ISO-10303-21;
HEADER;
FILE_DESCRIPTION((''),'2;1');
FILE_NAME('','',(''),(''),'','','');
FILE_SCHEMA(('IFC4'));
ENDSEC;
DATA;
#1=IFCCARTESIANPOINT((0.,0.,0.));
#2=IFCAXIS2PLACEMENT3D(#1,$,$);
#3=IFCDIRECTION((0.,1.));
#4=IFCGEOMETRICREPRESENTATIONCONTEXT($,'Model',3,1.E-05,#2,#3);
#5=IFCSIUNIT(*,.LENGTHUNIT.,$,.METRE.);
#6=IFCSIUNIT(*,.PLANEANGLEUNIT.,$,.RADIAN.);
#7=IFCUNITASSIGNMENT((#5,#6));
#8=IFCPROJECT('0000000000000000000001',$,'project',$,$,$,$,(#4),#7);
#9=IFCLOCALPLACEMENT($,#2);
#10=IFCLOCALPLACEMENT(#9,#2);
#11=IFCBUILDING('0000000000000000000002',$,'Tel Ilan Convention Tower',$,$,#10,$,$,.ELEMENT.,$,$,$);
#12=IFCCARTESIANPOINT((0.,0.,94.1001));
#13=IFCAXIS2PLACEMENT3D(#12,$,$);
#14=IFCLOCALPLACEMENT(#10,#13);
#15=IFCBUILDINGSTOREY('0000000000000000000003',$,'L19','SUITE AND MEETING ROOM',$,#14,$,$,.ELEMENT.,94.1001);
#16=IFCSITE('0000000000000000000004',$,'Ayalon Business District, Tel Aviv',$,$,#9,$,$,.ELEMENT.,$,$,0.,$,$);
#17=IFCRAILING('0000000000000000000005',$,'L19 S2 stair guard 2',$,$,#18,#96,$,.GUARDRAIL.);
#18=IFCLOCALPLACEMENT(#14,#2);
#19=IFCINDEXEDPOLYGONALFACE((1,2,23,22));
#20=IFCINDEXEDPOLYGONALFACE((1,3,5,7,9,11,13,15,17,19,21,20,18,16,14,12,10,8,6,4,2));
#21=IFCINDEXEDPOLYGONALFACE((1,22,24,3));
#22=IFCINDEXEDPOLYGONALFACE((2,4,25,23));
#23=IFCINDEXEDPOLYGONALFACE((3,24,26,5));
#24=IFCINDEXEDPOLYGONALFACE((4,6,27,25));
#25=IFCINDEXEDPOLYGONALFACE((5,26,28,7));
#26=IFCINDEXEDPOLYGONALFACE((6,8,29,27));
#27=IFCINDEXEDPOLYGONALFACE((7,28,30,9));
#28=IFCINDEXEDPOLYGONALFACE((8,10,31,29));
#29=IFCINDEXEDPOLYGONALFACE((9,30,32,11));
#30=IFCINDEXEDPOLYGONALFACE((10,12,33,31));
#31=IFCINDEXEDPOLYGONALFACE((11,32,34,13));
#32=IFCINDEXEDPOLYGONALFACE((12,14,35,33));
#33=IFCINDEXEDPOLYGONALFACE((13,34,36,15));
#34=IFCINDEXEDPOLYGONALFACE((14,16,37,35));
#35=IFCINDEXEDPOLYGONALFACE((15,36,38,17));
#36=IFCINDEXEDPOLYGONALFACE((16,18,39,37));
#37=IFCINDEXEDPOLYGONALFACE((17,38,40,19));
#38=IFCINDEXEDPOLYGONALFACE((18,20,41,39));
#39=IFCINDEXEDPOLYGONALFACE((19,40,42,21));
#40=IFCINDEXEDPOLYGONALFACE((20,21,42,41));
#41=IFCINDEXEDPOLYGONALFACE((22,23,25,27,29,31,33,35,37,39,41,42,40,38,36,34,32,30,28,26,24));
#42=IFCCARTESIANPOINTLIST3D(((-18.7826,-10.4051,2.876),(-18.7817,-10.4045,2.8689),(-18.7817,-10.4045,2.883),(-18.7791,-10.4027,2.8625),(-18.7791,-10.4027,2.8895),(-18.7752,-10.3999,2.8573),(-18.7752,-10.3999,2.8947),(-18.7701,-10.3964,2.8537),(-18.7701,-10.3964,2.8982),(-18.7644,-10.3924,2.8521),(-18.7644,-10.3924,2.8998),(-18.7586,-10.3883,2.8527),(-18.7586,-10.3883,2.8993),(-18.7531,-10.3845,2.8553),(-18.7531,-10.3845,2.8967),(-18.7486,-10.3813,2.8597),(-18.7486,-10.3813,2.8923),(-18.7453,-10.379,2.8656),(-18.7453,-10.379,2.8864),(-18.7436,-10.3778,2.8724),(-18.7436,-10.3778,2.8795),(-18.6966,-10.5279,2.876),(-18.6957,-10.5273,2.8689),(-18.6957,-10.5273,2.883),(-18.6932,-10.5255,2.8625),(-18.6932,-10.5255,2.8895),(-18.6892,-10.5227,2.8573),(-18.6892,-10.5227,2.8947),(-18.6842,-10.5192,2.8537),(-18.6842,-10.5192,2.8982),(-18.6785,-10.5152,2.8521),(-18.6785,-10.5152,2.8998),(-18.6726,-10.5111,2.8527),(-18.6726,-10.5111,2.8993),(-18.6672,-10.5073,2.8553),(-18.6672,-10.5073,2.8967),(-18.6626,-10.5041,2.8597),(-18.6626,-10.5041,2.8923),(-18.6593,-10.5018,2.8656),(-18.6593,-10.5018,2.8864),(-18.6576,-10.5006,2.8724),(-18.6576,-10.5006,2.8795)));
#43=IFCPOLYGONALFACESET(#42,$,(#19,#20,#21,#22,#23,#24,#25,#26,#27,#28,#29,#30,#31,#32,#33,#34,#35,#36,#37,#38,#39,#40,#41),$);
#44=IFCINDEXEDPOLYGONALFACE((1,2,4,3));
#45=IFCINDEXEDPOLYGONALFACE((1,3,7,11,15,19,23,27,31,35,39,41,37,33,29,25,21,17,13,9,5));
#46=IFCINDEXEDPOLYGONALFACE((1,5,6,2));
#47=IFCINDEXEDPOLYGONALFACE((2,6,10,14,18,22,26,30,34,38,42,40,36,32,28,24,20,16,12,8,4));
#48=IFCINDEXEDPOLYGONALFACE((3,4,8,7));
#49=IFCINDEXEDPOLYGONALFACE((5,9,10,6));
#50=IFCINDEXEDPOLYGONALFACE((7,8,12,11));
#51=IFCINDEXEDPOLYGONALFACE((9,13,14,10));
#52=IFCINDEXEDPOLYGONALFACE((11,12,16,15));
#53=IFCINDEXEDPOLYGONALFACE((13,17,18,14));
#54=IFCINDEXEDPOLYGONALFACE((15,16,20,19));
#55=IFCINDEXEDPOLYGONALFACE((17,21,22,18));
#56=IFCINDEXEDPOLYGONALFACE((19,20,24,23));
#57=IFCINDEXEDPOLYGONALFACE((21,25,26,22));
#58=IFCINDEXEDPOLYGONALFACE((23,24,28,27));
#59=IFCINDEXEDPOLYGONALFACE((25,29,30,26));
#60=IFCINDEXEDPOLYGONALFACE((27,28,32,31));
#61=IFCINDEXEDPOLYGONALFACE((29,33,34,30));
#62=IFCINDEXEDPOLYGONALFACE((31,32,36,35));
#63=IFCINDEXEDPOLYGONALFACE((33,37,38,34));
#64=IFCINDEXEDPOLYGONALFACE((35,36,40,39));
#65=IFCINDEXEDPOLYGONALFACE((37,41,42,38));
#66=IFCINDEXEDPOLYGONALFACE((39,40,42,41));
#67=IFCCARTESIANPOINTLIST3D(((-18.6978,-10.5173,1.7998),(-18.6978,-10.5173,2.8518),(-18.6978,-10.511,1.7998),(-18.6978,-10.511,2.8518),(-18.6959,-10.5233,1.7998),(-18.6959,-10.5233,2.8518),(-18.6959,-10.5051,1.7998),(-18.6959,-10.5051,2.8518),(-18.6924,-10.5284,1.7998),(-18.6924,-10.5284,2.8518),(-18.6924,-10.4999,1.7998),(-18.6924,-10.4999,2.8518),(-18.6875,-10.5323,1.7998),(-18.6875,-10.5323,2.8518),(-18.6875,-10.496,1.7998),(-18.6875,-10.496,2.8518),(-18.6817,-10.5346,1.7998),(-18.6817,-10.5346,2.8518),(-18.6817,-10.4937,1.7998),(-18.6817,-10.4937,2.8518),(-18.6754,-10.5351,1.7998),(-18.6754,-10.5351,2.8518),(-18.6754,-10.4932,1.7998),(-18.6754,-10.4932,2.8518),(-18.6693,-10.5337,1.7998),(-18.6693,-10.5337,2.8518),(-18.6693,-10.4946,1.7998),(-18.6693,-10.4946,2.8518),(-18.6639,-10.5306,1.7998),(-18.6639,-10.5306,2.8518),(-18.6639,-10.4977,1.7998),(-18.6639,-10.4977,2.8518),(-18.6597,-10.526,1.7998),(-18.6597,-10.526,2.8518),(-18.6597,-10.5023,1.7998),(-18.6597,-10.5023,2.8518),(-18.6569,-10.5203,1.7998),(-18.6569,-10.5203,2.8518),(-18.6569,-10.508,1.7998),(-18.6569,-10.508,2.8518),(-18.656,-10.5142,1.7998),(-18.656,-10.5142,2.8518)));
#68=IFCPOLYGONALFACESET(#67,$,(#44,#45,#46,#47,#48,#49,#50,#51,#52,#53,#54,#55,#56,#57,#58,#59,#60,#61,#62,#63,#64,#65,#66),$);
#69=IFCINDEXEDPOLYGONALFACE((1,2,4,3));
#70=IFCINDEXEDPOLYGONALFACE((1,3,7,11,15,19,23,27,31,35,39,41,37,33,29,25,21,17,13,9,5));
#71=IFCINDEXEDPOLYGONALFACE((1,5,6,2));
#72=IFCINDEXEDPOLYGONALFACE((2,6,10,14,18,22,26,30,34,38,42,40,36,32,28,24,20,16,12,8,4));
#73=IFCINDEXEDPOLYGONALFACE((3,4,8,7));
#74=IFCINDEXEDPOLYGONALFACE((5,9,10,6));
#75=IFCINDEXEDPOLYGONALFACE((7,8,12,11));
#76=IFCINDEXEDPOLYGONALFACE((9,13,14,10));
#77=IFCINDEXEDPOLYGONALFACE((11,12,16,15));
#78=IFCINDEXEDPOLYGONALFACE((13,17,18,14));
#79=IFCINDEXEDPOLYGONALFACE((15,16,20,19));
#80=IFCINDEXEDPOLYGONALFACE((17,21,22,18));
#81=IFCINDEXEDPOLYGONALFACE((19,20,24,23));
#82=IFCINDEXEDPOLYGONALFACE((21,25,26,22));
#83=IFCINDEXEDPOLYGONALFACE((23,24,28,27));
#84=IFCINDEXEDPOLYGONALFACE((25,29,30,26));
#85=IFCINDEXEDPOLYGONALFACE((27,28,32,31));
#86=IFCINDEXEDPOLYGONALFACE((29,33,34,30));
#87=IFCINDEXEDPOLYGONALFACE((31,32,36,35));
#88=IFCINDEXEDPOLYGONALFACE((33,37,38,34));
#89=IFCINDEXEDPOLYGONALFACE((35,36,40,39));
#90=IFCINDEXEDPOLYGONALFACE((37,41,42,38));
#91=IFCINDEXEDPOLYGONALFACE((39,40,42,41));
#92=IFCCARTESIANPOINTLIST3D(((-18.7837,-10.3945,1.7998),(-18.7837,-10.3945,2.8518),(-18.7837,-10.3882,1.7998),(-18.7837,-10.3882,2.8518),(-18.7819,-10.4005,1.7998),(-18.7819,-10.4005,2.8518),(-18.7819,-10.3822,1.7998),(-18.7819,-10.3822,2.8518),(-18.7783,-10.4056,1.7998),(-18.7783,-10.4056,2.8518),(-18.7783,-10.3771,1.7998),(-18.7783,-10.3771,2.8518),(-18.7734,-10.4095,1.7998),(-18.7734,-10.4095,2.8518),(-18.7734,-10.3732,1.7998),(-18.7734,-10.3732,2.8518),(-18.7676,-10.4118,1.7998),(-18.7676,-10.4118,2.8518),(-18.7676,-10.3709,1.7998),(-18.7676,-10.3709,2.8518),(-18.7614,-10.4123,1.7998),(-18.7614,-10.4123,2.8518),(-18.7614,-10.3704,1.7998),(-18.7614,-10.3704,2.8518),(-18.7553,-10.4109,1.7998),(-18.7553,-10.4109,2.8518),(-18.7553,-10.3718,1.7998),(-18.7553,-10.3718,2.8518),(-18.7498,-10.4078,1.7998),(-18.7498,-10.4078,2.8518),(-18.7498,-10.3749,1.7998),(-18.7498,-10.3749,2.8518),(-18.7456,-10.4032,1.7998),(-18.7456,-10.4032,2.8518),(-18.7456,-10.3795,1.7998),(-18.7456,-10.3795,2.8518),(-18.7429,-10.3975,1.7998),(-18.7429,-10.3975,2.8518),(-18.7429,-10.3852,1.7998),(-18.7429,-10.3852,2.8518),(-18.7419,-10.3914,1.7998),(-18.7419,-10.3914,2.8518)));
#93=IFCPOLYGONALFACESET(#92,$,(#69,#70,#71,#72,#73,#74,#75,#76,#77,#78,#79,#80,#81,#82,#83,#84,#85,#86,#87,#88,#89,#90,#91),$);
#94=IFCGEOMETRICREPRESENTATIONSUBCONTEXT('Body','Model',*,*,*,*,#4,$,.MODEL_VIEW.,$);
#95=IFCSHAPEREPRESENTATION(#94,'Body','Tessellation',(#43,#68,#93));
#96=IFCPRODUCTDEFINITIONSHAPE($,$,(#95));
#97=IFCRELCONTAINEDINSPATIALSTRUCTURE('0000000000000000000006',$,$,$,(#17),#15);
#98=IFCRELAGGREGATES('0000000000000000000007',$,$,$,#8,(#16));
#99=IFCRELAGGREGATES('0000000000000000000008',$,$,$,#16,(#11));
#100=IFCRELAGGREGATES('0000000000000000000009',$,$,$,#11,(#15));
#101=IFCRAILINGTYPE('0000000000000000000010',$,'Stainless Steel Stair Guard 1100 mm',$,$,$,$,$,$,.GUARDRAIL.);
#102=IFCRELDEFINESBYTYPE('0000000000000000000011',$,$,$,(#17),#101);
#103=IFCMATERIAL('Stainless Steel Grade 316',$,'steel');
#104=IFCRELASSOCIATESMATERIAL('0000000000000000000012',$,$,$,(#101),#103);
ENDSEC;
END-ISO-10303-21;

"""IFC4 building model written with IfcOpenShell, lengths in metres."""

from ifc_helpers import new_model, si_unit, direction, frame, origin, origin_2d, place, context, subcontext, project, spatial, circle, extrude, material, type_object, element, save


model = new_model("IFC4")

# Units and contexts
model_context = context("Model", 3, precision=1e-05, world=origin(), true_north=direction((0.0, 1.0)))
body_context = subcontext(model_context, "Body", "Model", "MODEL_VIEW")
ifc_project = project(units=[si_unit("LENGTHUNIT", "METRE"), si_unit("PLANEANGLEUNIT", "RADIAN")], contexts=[model_context])

# Site, building, storey
site_placement = place(None, origin())
site = spatial("IfcSite", under=ifc_project, at=site_placement, Name="Ayalon Business District, Tel Aviv", CompositionType="ELEMENT", RefElevation=0.0)
building_placement = place(site_placement, origin())
building = spatial("IfcBuilding", under=site, at=building_placement, Name="Tel Ilan Convention Tower", CompositionType="ELEMENT")
storey_placement = place(building_placement, frame((0.0, 0.0, 94.1001)))
storey = spatial("IfcBuildingStorey", under=building, at=storey_placement, Name="L19", Description="SUITE AND MEETING ROOM", CompositionType="ELEMENT", Elevation=94.1001)

# Railing
ifc_material_1 = material(Name="Stainless Steel Grade 316", Category="steel")
railing_type_1 = type_object("IfcRailingType", Name="Stainless Steel Stair Guard 1100 mm", PredefinedType="GUARDRAIL", material=ifc_material_1)
railing_1_placement = place(storey_placement, frame((-18.677, -10.5142, 1.7998)))
element("IfcRailing", 1, at=railing_1_placement, inside=storey, type_object=railing_type_1, Name="L19 S2 stair guard 2", PredefinedType="GUARDRAIL", context=body_context, shape_type="SweptSolid", body=[
    extrude(circle(Radius=0.0239, at=origin_2d()), frame((0.0, 0.0, 1.0762), z_axis=(-0.573353, 0.819308, 0.0), x_axis=(-0.819308, -0.573353, 0.0)), (0.0, 0.0, 1.0), 0.1499),
    extrude(circle(Radius=0.021, at=origin_2d()), origin(), (0.0, 0.0, 1.0), 1.052),
    extrude(circle(Radius=0.021, at=origin_2d()), frame((-0.0859, 0.1228, 0.0)), (0.0, 0.0, 1.0), 1.052),
])

save(model, "model.ifc")
